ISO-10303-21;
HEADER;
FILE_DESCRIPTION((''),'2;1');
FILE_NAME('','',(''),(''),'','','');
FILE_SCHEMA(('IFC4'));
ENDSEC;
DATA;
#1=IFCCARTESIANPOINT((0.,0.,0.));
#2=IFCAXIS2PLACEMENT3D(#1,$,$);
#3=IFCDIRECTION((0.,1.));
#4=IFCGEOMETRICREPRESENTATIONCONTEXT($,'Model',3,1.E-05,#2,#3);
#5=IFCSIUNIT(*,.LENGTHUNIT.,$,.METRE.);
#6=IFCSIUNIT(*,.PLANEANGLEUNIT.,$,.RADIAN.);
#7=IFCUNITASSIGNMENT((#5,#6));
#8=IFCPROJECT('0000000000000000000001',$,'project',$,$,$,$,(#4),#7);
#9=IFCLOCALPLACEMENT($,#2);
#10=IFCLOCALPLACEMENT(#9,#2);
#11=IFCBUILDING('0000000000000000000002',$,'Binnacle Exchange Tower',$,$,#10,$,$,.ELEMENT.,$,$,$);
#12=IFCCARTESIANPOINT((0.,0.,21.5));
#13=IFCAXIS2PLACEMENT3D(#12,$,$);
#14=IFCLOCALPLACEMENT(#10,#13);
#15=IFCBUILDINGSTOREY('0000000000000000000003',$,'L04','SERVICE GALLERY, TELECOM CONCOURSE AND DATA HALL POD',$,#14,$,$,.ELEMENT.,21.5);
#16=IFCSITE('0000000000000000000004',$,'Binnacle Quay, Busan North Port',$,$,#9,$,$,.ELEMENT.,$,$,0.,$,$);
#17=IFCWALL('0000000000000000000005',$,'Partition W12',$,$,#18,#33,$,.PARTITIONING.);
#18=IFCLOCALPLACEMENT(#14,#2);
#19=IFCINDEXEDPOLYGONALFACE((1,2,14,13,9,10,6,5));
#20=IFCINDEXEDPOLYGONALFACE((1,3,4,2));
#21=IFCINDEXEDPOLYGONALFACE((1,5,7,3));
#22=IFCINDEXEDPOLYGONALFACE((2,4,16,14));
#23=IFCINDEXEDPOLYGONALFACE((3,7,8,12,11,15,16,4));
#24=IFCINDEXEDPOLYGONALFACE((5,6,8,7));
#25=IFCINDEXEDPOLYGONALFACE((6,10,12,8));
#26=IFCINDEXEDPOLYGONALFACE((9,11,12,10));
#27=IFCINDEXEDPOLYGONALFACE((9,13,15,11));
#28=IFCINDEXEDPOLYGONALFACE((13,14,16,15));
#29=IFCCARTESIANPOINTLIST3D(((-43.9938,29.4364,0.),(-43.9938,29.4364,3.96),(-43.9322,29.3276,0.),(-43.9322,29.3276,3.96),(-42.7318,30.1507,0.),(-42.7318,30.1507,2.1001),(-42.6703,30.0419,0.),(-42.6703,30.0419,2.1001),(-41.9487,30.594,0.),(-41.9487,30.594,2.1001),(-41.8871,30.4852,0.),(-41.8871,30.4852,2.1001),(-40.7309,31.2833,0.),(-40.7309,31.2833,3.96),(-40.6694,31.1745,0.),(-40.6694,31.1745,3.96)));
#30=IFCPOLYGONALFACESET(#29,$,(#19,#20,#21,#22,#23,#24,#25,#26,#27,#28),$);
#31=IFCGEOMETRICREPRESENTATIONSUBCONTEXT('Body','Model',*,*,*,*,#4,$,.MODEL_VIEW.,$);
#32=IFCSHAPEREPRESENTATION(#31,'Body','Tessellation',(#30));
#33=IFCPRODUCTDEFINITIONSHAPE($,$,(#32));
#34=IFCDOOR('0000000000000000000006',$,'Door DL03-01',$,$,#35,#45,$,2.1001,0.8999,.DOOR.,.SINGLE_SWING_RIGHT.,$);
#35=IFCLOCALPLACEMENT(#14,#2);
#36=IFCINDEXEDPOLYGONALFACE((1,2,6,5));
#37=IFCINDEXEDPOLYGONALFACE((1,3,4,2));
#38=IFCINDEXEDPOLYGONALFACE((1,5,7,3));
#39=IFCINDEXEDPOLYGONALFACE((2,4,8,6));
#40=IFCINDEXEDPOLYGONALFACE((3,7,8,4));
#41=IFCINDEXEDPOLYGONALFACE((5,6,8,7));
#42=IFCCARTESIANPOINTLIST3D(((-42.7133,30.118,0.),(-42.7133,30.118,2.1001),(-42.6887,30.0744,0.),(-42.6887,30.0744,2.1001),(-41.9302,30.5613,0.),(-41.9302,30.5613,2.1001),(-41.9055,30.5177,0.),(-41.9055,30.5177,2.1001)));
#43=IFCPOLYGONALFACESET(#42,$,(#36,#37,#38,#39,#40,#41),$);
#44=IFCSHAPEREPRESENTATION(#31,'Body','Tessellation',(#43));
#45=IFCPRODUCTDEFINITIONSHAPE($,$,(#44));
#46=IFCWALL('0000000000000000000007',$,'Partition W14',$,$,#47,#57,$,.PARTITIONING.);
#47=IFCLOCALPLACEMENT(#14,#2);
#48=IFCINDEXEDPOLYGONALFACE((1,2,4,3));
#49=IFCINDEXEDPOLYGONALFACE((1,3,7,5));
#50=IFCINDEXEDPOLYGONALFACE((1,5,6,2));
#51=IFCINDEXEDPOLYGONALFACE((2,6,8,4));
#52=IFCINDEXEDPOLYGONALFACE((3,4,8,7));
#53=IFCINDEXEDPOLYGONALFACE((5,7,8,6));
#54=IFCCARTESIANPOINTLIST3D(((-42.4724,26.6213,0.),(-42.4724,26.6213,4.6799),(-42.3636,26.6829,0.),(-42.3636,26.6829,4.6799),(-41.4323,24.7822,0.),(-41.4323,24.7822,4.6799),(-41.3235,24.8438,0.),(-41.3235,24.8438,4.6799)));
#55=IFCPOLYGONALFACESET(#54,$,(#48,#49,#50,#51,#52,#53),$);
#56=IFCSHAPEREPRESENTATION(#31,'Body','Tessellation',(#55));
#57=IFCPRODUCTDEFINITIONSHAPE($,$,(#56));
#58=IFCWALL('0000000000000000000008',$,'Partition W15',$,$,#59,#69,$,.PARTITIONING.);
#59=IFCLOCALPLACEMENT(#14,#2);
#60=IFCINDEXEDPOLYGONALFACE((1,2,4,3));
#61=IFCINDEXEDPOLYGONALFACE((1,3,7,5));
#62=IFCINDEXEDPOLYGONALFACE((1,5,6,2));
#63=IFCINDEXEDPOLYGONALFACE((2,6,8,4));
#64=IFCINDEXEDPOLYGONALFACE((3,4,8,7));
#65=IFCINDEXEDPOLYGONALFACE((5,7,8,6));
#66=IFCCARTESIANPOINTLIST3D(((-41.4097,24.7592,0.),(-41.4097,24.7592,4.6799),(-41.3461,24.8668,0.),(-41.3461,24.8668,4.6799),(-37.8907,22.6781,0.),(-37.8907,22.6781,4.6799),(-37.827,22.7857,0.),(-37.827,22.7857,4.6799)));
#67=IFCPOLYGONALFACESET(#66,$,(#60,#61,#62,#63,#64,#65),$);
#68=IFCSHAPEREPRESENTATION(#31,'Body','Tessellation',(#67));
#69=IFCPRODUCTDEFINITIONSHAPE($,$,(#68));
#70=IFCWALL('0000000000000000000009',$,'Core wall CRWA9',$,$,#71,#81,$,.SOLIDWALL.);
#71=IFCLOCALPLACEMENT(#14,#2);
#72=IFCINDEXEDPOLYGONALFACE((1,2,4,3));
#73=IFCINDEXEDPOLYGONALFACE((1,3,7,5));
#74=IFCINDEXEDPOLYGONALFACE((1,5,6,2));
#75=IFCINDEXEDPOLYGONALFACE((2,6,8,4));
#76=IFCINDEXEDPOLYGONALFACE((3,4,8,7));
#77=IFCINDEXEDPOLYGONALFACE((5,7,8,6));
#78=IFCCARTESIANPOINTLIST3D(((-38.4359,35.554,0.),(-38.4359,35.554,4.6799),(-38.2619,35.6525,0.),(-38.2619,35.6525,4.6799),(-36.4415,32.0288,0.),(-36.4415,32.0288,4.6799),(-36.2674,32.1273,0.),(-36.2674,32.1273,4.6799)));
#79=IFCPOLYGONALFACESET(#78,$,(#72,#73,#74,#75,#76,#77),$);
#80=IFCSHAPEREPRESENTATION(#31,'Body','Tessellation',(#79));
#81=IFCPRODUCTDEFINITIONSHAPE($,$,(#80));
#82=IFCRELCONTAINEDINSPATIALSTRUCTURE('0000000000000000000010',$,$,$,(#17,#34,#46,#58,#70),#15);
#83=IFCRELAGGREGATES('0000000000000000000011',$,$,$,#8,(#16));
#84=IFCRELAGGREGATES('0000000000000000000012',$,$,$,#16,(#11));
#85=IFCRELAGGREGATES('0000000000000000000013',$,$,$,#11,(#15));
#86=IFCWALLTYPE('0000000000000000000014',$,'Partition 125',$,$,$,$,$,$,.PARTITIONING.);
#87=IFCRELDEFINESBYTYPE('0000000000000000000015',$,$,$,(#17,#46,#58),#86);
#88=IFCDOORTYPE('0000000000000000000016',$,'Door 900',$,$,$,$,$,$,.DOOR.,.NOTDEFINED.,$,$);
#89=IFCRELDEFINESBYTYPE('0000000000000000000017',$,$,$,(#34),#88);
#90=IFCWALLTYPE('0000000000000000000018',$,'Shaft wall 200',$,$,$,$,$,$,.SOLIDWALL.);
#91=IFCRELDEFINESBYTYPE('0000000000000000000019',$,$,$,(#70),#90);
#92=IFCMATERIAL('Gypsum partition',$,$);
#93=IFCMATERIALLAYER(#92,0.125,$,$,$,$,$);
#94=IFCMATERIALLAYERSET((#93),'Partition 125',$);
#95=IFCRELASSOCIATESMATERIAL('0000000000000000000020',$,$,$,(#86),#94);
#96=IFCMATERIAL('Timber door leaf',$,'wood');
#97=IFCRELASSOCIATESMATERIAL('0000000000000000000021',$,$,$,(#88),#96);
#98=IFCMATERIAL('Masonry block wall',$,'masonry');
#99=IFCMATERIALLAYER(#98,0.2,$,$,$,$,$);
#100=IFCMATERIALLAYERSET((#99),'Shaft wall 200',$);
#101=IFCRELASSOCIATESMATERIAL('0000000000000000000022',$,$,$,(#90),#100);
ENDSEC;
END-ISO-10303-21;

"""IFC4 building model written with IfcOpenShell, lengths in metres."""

from ifc_helpers import new_model, si_unit, direction, frame, frame_2d, origin, place, context, subcontext, project, spatial, rectangle, extrude, material, layer, layer_set, type_object, element, fill, save


model = new_model("IFC4")

# Units and contexts
model_context = context("Model", 3, precision=1e-05, world=origin(), true_north=direction((0.0, 1.0)))
body_context = subcontext(model_context, "Body", "Model", "MODEL_VIEW")
ifc_project = project(units=[si_unit("LENGTHUNIT", "METRE"), si_unit("PLANEANGLEUNIT", "RADIAN")], contexts=[model_context])

# Site, building, storey
site_placement = place(None, origin())
site = spatial("IfcSite", under=ifc_project, at=site_placement, Name="Binnacle Quay, Busan North Port", CompositionType="ELEMENT", RefElevation=0.0)
building_placement = place(site_placement, origin())
building = spatial("IfcBuilding", under=site, at=building_placement, Name="Binnacle Exchange Tower", CompositionType="ELEMENT")
storey_placement = place(building_placement, frame((0.0, 0.0, 21.5)))
storey = spatial("IfcBuildingStorey", under=building, at=storey_placement, Name="L04", Description="SERVICE GALLERY, TELECOM CONCOURSE AND DATA HALL POD", CompositionType="ELEMENT", Elevation=21.5)

# Shared definitions
ifc_material_1 = material(Name="Gypsum partition")
ifc_layer_1 = layer(ifc_material_1, 0.125)
ifc_layer_set_1 = layer_set([ifc_layer_1], Name="Partition 125")
wall_type_1 = type_object("IfcWallType", Name="Partition 125", PredefinedType="PARTITIONING", material=ifc_layer_set_1)

# Wall, opening, door
wall_1_placement = place(storey_placement, frame((-43.9629, 29.3821, 0.0), z_axis=(0.0, 0.0, 1.0), x_axis=(0.870259, 0.492594, 0.0)))
wall_1 = element("IfcWall", 1, at=wall_1_placement, inside=storey, type_object=wall_type_1, Name="Partition W12", PredefinedType="PARTITIONING", context=body_context, shape_type="SweptSolid", body=[
    extrude(rectangle(XDim=3.7493, YDim=0.125, at=frame_2d((1.8745, 0.0))), origin(), (0.0, 0.0, 1.0), 3.96),
])
opening_1_placement = place(wall_1_placement, frame((1.45, 0.0, 0.0)))
opening_1 = element("IfcOpeningElement", 2, at=opening_1_placement, cuts=wall_1, PredefinedType="OPENING", context=body_context, shape_type="SweptSolid", body=[
    extrude(rectangle(XDim=0.8999, YDim=2.1001, at=frame_2d((0.45, 1.05))), frame((0.0, 0.0725, 0.0), z_axis=(0.0, -1.0, 0.0), x_axis=(1.0, 0.0, 0.0)), (0.0, 0.0, 1.0), 0.145),
])
ifc_material_2 = material(Name="Timber door leaf", Category="wood")
door_type_1 = type_object("IfcDoorType", Name="Door 900", OperationType="NOTDEFINED", PredefinedType="DOOR", material=ifc_material_2)
door_1_placement = place(opening_1_placement, origin())
door_1 = element("IfcDoor", 3, at=door_1_placement, inside=storey, type_object=door_type_1, Name="Door DL03-01", OperationType="SINGLE_SWING_RIGHT", OverallHeight=2.1001, OverallWidth=0.8999, PredefinedType="DOOR", context=body_context, shape_type="SweptSolid", body=[
    extrude(rectangle(XDim=0.8999, YDim=2.1001, at=frame_2d((0.45, 1.05))), frame((0.0, 0.0249, 0.0), z_axis=(0.0, -1.0, 0.0), x_axis=(1.0, 0.0, 0.0)), (0.0, 0.0, 1.0), 0.05),
])
fill(opening_1, door_1)

# Walls
wall_2_placement = place(storey_placement, frame((-42.418, 26.6521, 0.0), z_axis=(0.0, 0.0, 1.0), x_axis=(0.492251, -0.870453, 0.0)))
element("IfcWall", 4, at=wall_2_placement, inside=storey, type_object=wall_type_1, Name="Partition W14", PredefinedType="PARTITIONING", context=body_context, shape_type="SweptSolid", body=[
    extrude(rectangle(XDim=2.1128, YDim=0.125, at=frame_2d((1.0564, 0.0))), origin(), (0.0, 0.0, 1.0), 4.6799),
])
wall_3_placement = place(storey_placement, frame((-41.3779, 24.813, 0.0), z_axis=(0.0, 0.0, 1.0), x_axis=(0.860753, -0.509023, 0.0)))
element("IfcWall", 5, at=wall_3_placement, inside=storey, type_object=wall_type_1, Name="Partition W15", PredefinedType="PARTITIONING", context=body_context, shape_type="SweptSolid", body=[
    extrude(rectangle(XDim=4.0884, YDim=0.125, at=frame_2d((2.0442, 0.0))), origin(), (0.0, 0.0, 1.0), 4.6799),
])
ifc_material_3 = material(Name="Masonry block wall", Category="masonry")
ifc_layer_2 = layer(ifc_material_3, 0.2)
ifc_layer_set_2 = layer_set([ifc_layer_2], Name="Shaft wall 200")
wall_type_2 = type_object("IfcWallType", Name="Shaft wall 200", PredefinedType="SOLIDWALL", material=ifc_layer_set_2)
wall_4_placement = place(storey_placement, frame((-38.3489, 35.6033, 0.0), z_axis=(0.0, 0.0, 1.0), x_axis=(0.492415, -0.870361, 0.0)))
element("IfcWall", 6, at=wall_4_placement, inside=storey, type_object=wall_type_2, Name="Core wall CRWA9", PredefinedType="SOLIDWALL", context=body_context, shape_type="SweptSolid", body=[
    extrude(rectangle(XDim=4.0503, YDim=0.2, at=frame_2d((2.0251, 0.0))), origin(), (0.0, 0.0, 1.0), 4.6799),
])

save(model, "model.ifc")
